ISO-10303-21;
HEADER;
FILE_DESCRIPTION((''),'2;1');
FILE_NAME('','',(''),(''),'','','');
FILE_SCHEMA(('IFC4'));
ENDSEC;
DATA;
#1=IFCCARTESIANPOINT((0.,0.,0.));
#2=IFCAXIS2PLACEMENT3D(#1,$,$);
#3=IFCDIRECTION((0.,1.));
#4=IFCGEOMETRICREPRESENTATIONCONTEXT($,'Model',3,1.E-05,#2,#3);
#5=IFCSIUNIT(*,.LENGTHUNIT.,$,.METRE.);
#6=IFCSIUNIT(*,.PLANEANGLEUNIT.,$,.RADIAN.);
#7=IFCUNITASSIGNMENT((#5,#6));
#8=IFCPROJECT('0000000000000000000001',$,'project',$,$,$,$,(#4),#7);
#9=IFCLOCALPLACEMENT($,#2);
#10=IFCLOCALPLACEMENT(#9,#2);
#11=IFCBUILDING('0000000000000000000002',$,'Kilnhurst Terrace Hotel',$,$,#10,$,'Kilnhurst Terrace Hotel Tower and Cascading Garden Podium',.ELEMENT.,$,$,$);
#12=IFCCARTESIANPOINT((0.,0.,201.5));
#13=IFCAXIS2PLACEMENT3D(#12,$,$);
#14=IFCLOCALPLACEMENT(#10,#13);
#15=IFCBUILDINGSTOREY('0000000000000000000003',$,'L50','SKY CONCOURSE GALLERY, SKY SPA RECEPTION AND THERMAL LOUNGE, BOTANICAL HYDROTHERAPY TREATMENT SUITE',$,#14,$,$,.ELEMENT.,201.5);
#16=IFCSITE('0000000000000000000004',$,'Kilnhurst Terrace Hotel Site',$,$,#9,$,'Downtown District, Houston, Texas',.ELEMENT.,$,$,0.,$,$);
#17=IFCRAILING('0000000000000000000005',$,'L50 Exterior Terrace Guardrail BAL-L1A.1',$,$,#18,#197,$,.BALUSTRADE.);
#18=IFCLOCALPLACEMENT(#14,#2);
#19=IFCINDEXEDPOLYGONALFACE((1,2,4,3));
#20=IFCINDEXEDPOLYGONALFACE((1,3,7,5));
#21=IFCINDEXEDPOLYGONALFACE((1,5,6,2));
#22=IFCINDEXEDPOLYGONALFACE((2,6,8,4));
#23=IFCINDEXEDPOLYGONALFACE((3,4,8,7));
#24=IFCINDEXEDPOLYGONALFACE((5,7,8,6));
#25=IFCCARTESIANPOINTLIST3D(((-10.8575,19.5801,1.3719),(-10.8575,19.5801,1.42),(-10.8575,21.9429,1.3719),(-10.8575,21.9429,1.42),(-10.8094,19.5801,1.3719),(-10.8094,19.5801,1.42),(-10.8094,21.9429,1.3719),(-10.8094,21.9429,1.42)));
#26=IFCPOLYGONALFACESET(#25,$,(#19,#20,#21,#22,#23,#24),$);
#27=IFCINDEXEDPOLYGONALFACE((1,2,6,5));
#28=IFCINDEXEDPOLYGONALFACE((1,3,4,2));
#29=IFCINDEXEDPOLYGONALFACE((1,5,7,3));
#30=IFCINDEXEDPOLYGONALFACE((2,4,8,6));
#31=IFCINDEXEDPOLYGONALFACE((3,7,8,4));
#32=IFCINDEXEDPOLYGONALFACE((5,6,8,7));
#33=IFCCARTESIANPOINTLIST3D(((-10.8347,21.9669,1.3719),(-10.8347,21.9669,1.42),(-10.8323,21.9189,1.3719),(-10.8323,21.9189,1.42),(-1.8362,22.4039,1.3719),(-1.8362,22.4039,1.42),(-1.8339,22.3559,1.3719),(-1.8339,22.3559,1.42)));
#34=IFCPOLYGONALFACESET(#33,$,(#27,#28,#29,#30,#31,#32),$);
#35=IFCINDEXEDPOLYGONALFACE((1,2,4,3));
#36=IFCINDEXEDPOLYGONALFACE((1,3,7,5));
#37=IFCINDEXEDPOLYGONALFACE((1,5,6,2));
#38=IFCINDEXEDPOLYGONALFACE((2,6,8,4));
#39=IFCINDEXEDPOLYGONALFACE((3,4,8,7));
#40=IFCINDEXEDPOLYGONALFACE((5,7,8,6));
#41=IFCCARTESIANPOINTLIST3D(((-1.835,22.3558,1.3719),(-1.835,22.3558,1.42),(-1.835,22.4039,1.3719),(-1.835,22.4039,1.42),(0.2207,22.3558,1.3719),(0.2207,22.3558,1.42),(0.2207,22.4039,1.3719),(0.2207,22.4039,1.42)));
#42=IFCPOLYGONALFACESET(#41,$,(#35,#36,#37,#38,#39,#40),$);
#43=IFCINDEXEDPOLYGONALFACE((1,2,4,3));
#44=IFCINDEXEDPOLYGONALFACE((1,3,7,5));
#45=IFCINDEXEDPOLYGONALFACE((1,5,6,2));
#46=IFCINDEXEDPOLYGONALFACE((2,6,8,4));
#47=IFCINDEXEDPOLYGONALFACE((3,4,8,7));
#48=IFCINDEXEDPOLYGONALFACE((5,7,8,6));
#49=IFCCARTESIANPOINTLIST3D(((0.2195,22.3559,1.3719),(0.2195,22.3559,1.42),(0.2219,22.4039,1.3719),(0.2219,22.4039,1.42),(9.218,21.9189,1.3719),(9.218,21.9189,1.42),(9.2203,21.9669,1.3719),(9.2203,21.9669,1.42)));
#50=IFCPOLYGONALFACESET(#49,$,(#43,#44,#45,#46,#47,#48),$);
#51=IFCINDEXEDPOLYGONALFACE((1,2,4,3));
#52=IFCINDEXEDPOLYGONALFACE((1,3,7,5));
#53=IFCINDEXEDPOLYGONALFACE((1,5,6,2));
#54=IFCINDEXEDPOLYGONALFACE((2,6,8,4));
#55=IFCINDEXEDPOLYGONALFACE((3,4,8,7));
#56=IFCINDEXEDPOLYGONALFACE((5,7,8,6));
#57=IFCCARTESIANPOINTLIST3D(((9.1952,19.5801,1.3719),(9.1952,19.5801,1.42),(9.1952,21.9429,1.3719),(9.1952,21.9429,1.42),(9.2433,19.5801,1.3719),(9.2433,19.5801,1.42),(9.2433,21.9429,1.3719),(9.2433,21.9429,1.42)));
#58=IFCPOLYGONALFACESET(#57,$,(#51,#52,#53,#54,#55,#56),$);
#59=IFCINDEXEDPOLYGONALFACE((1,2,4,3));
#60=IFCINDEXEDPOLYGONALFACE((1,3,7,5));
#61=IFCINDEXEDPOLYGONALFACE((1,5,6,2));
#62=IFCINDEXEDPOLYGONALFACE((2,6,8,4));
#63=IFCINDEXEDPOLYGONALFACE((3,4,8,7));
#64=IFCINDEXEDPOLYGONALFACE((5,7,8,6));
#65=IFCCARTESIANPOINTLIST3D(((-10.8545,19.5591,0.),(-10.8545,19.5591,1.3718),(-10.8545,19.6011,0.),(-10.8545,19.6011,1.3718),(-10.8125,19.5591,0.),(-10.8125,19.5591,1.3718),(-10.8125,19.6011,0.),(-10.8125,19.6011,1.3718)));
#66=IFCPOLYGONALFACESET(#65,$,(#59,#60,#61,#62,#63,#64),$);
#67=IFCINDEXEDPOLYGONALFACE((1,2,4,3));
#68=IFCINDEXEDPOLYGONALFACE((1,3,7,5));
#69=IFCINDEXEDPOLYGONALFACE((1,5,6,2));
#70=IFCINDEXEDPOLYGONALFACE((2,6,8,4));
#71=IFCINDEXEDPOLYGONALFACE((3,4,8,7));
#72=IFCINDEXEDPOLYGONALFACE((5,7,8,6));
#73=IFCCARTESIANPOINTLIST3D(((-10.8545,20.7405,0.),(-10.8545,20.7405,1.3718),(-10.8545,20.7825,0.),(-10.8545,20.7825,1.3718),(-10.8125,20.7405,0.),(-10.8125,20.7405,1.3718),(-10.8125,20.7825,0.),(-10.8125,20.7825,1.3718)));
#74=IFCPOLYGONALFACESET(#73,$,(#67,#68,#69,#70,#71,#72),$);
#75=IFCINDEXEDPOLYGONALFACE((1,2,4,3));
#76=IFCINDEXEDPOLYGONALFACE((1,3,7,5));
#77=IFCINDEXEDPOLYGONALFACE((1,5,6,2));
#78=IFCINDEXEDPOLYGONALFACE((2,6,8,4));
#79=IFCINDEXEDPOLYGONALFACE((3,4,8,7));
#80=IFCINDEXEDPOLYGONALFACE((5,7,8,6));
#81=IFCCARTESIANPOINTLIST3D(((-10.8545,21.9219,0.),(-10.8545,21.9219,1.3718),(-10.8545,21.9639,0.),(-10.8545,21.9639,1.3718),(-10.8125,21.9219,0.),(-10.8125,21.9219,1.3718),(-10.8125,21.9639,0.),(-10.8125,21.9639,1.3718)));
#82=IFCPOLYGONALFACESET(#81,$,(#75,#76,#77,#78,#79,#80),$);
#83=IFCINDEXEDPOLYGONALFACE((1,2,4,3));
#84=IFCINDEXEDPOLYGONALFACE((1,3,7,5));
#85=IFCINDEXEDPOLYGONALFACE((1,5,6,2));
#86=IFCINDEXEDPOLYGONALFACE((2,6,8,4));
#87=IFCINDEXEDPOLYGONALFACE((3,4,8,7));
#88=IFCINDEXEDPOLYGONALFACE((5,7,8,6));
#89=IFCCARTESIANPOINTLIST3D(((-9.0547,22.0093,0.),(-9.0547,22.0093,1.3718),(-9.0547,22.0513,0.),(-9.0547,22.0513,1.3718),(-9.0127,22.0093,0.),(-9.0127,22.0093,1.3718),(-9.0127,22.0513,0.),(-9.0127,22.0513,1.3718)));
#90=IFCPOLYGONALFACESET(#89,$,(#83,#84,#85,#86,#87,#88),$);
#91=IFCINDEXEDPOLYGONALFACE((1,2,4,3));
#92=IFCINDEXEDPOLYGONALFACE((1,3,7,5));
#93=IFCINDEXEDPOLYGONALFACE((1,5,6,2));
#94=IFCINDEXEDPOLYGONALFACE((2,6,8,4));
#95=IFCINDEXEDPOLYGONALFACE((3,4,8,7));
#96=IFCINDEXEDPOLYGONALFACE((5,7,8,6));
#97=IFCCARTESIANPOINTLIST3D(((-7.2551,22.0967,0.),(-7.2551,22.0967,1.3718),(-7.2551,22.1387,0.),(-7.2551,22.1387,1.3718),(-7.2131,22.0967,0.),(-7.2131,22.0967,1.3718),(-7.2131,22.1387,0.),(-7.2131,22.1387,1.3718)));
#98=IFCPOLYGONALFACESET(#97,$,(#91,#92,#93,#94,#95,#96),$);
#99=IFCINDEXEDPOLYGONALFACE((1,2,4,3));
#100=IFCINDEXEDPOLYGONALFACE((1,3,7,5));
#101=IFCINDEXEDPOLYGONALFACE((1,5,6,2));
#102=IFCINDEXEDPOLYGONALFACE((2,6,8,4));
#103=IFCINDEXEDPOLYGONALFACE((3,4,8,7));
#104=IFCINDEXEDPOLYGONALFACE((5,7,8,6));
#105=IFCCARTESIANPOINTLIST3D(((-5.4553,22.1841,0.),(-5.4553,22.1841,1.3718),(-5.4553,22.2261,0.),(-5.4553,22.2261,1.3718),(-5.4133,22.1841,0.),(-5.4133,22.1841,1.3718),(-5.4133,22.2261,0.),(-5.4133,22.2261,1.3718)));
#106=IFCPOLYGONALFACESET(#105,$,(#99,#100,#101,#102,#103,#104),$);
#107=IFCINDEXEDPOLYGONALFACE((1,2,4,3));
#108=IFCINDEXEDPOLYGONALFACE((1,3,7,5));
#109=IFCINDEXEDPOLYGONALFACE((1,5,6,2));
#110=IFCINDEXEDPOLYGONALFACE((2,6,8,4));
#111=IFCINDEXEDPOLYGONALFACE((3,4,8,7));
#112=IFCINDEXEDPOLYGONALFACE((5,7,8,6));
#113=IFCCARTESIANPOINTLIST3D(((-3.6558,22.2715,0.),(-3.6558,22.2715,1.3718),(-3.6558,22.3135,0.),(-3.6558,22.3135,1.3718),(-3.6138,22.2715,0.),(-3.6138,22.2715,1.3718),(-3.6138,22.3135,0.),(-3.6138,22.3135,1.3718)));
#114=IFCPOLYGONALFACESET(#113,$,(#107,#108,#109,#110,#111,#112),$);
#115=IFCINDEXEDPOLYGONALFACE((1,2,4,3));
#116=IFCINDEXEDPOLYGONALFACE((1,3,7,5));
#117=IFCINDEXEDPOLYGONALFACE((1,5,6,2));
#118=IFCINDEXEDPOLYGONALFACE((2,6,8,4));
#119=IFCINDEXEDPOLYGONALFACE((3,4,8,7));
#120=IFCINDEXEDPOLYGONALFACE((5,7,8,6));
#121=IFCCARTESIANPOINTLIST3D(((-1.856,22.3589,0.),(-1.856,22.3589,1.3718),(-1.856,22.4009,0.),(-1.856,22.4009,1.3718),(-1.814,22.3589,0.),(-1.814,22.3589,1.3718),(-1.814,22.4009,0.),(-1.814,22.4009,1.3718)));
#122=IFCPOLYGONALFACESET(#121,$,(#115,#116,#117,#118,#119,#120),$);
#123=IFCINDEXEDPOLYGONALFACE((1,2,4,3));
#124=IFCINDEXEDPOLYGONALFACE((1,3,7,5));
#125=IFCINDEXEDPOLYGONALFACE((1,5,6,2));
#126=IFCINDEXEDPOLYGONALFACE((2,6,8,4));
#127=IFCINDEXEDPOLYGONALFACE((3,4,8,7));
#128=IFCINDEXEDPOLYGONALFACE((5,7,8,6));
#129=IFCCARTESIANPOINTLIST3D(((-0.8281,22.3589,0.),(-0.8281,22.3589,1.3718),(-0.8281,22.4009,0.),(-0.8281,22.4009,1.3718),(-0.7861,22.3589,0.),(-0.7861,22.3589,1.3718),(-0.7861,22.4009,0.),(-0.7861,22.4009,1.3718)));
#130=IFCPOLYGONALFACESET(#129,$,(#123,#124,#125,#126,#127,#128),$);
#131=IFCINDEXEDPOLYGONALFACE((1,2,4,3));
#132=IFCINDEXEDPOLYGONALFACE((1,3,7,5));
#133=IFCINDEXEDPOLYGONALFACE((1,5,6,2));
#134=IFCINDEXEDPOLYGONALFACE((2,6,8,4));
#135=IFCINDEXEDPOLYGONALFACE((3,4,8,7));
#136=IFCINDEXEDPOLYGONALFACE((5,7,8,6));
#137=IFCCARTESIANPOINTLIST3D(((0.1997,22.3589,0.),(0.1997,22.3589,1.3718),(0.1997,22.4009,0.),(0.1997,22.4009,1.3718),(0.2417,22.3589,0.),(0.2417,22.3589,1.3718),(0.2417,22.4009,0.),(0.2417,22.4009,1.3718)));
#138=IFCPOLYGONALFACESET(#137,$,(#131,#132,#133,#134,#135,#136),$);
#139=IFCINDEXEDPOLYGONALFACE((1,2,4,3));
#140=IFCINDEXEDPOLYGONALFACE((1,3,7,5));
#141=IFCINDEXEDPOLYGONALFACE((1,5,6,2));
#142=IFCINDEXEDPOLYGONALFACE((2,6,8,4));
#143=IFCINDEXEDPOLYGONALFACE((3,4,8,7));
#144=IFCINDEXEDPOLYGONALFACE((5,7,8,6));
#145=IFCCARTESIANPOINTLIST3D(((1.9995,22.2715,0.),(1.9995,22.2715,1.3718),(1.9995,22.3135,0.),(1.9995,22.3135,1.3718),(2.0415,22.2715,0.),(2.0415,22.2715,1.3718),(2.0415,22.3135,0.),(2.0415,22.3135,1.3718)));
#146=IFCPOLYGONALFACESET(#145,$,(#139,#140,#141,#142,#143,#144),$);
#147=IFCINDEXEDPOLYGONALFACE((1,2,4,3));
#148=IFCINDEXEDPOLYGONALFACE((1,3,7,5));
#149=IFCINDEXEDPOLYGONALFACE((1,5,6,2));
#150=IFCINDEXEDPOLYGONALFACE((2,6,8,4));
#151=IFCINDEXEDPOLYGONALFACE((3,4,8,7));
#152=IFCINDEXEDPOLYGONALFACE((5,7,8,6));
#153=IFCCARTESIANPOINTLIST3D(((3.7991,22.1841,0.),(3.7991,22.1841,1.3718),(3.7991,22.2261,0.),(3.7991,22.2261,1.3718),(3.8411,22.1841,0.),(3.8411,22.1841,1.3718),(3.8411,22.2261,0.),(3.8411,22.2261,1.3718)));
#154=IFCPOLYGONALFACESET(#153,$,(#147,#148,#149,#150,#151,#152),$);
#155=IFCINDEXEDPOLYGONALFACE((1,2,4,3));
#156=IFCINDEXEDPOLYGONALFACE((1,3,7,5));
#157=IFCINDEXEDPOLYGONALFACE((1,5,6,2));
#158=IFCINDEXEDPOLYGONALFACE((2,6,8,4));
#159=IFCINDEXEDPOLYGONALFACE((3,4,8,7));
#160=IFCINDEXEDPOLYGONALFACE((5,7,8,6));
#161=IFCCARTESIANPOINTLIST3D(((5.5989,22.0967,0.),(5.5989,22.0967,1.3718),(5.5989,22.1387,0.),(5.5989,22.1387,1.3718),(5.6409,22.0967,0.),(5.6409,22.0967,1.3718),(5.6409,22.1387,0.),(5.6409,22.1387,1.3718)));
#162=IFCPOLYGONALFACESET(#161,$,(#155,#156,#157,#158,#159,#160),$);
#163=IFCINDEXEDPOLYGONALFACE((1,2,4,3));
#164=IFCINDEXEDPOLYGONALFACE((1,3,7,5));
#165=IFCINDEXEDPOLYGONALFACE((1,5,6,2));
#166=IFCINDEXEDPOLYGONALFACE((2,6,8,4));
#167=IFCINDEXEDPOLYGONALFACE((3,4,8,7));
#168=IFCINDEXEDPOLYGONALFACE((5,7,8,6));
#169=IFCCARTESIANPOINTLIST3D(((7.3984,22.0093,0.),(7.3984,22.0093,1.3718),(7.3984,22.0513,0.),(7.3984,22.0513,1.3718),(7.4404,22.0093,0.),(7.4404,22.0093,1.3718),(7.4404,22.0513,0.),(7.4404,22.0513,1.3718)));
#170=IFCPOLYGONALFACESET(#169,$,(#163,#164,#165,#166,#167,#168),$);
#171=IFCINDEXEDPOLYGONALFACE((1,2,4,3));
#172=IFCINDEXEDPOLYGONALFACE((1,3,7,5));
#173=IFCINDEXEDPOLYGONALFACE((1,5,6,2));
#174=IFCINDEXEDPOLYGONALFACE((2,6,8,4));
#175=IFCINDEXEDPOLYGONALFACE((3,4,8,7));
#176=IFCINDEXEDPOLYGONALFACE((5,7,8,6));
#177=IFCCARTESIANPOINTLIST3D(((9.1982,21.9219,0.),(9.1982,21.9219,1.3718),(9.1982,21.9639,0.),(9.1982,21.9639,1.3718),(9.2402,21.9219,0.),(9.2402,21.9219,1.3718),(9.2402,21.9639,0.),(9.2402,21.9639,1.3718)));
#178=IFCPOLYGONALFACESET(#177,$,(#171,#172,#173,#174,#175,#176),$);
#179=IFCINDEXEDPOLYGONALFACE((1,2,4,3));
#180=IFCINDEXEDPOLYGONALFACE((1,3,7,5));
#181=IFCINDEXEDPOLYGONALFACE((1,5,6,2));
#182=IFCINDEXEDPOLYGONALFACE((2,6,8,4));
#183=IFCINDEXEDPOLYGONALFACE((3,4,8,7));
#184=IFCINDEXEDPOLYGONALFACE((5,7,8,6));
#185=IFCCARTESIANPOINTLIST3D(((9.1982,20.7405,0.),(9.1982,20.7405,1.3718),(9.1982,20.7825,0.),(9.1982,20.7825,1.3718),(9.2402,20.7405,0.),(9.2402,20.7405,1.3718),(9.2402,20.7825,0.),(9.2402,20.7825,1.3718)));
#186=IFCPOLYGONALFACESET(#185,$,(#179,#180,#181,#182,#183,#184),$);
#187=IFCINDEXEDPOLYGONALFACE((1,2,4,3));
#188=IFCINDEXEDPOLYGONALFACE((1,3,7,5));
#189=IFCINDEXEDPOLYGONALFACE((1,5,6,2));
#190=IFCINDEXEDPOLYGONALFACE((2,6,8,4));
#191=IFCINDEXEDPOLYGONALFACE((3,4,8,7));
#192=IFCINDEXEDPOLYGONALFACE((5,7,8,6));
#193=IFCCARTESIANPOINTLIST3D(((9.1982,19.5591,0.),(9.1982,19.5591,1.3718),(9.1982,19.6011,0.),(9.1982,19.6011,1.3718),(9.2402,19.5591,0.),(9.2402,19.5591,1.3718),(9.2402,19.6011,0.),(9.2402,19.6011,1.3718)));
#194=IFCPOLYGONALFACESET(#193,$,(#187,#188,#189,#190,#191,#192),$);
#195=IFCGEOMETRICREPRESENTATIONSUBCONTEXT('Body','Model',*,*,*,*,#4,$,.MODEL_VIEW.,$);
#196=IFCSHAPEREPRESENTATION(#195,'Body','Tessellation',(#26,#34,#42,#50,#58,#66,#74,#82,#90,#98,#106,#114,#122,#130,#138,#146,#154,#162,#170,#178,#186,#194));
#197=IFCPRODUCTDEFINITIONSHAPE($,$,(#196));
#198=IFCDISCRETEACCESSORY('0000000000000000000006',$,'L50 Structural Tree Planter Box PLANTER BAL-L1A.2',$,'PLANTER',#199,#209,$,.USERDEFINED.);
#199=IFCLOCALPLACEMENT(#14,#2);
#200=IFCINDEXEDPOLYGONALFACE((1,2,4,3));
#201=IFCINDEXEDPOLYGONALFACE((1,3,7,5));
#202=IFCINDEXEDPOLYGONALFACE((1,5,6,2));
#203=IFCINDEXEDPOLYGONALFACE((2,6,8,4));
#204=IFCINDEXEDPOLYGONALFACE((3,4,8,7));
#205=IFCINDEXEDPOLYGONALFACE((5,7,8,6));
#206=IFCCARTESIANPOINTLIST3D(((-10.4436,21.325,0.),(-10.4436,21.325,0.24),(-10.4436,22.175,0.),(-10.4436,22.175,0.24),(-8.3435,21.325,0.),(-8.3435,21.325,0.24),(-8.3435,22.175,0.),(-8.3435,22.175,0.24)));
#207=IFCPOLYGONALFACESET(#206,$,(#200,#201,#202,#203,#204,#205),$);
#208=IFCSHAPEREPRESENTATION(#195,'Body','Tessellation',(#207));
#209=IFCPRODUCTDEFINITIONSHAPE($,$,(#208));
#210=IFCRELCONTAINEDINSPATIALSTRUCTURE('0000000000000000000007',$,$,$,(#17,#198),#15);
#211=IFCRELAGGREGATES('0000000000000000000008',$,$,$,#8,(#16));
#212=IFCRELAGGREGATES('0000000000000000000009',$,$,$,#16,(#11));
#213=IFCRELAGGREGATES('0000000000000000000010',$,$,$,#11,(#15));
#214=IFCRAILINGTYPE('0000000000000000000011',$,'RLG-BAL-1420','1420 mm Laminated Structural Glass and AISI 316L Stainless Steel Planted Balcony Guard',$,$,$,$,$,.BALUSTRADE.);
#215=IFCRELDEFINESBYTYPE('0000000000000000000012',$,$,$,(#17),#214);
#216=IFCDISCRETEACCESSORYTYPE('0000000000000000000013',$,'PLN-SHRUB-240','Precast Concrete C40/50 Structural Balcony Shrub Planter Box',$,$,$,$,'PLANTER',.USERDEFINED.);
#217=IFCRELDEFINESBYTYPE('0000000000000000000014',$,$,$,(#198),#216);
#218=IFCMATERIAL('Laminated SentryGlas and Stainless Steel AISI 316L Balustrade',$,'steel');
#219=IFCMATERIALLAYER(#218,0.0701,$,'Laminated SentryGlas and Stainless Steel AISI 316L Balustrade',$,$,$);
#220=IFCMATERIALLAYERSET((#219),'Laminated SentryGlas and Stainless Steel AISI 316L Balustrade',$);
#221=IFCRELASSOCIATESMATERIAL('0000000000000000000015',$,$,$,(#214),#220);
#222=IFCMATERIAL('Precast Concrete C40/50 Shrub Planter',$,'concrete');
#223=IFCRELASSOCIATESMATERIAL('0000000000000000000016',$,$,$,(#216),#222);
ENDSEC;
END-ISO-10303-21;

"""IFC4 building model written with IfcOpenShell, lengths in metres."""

from ifc_helpers import new_model, si_unit, direction, frame, origin, origin_2d, place, context, subcontext, project, spatial, rectangle, extrude, material, layer, layer_set, type_object, element, save


model = new_model("IFC4")

# Units and contexts
model_context = context("Model", 3, precision=1e-05, world=origin(), true_north=direction((0.0, 1.0)))
body_context = subcontext(model_context, "Body", "Model", "MODEL_VIEW")
ifc_project = project(units=[si_unit("LENGTHUNIT", "METRE"), si_unit("PLANEANGLEUNIT", "RADIAN")], contexts=[model_context])

# Site, building, storey
site_placement = place(None, origin())
site = spatial("IfcSite", under=ifc_project, at=site_placement, Name="Kilnhurst Terrace Hotel Site", LongName="Downtown District, Houston, Texas", CompositionType="ELEMENT", RefElevation=0.0)
building_placement = place(site_placement, origin())
building = spatial("IfcBuilding", under=site, at=building_placement, Name="Kilnhurst Terrace Hotel", LongName="Kilnhurst Terrace Hotel Tower and Cascading Garden Podium", CompositionType="ELEMENT")
storey_placement = place(building_placement, frame((0.0, 0.0, 201.5)))
storey = spatial("IfcBuildingStorey", under=building, at=storey_placement, Name="L50", Description="SKY CONCOURSE GALLERY, SKY SPA RECEPTION AND THERMAL LOUNGE, BOTANICAL HYDROTHERAPY TREATMENT SUITE", CompositionType="ELEMENT", Elevation=201.5)

# Railing
ifc_material_1 = material(Name="Laminated SentryGlas and Stainless Steel AISI 316L Balustrade", Category="steel")
ifc_layer_1 = layer(ifc_material_1, 0.0701, Name="Laminated SentryGlas and Stainless Steel AISI 316L Balustrade")
ifc_layer_set_1 = layer_set([ifc_layer_1], Name="Laminated SentryGlas and Stainless Steel AISI 316L Balustrade")
railing_type = type_object("IfcRailingType", Name="RLG-BAL-1420", Description="1420 mm Laminated Structural Glass and AISI 316L Stainless Steel Planted Balcony Guard", PredefinedType="BALUSTRADE", material=ifc_layer_set_1)
railing_placement = place(storey_placement, frame((-10.8335, 19.5801, 0.0)))
element("IfcRailing", 1, at=railing_placement, inside=storey, type_object=railing_type, Name="L50 Exterior Terrace Guardrail BAL-L1A.1", PredefinedType="BALUSTRADE", context=body_context, shape_type="SweptSolid", body=[
    extrude(rectangle(XDim=0.0481, YDim=0.0481, at=origin_2d()), frame((0.0, 0.0, 1.396), z_axis=(0.0, 1.0, 0.0), x_axis=(-1.0, 0.0, 0.0)), (0.0, 0.0, 1.0), 2.3628),
    extrude(rectangle(XDim=0.0481, YDim=0.0481, at=origin_2d()), frame((0.0, 2.3628, 1.396), z_axis=(0.998823, 0.048508, 0.0), x_axis=(-0.048508, 0.998823, 0.0)), (0.0, 0.0, 1.0), 9.009),
    extrude(rectangle(XDim=0.0481, YDim=0.0481, at=origin_2d()), frame((8.9985, 2.7998, 1.396), z_axis=(1.0, 0.0, 0.0), x_axis=(0.0, 1.0, 0.0)), (0.0, 0.0, 1.0), 2.0557),
    extrude(rectangle(XDim=0.0481, YDim=0.0481, at=origin_2d()), frame((11.0542, 2.7998, 1.396), z_axis=(0.998823, -0.048508, 0.0), x_axis=(0.048508, 0.998823, 0.0)), (0.0, 0.0, 1.0), 9.009),
    extrude(rectangle(XDim=0.0481, YDim=0.0481, at=origin_2d()), frame((20.0527, 2.3628, 1.396), z_axis=(0.0, -1.0, 0.0), x_axis=(1.0, 0.0, 0.0)), (0.0, 0.0, 1.0), 2.3628),
    extrude(rectangle(XDim=0.042, YDim=0.042, at=origin_2d()), origin(), (0.0, 0.0, 1.0), 1.3718),
    extrude(rectangle(XDim=0.042, YDim=0.042, at=origin_2d()), frame((0.0, 1.1814, 0.0)), (0.0, 0.0, 1.0), 1.3718),
    extrude(rectangle(XDim=0.042, YDim=0.042, at=origin_2d()), frame((0.0, 2.3628, 0.0)), (0.0, 0.0, 1.0), 1.3718),
    extrude(rectangle(XDim=0.042, YDim=0.042, at=origin_2d()), frame((1.7998, 2.4502, 0.0)), (0.0, 0.0, 1.0), 1.3718),
    extrude(rectangle(XDim=0.042, YDim=0.042, at=origin_2d()), frame((3.5994, 2.5376, 0.0)), (0.0, 0.0, 1.0), 1.3718),
    extrude(rectangle(XDim=0.042, YDim=0.042, at=origin_2d()), frame((5.3992, 2.625, 0.0)), (0.0, 0.0, 1.0), 1.3718),
    extrude(rectangle(XDim=0.042, YDim=0.042, at=origin_2d()), frame((7.1987, 2.7124, 0.0)), (0.0, 0.0, 1.0), 1.3718),
    extrude(rectangle(XDim=0.042, YDim=0.042, at=origin_2d()), frame((8.9985, 2.7998, 0.0)), (0.0, 0.0, 1.0), 1.3718),
    extrude(rectangle(XDim=0.042, YDim=0.042, at=origin_2d()), frame((10.0264, 2.7998, 0.0)), (0.0, 0.0, 1.0), 1.3718),
    extrude(rectangle(XDim=0.042, YDim=0.042, at=origin_2d()), frame((11.0542, 2.7998, 0.0)), (0.0, 0.0, 1.0), 1.3718),
    extrude(rectangle(XDim=0.042, YDim=0.042, at=origin_2d()), frame((12.854, 2.7124, 0.0)), (0.0, 0.0, 1.0), 1.3718),
    extrude(rectangle(XDim=0.042, YDim=0.042, at=origin_2d()), frame((14.6536, 2.625, 0.0)), (0.0, 0.0, 1.0), 1.3718),
    extrude(rectangle(XDim=0.042, YDim=0.042, at=origin_2d()), frame((16.4534, 2.5376, 0.0)), (0.0, 0.0, 1.0), 1.3718),
    extrude(rectangle(XDim=0.042, YDim=0.042, at=origin_2d()), frame((18.2529, 2.4502, 0.0)), (0.0, 0.0, 1.0), 1.3718),
    extrude(rectangle(XDim=0.042, YDim=0.042, at=origin_2d()), frame((20.0527, 2.3628, 0.0)), (0.0, 0.0, 1.0), 1.3718),
    extrude(rectangle(XDim=0.042, YDim=0.042, at=origin_2d()), frame((20.0527, 1.1814, 0.0)), (0.0, 0.0, 1.0), 1.3718),
    extrude(rectangle(XDim=0.042, YDim=0.042, at=origin_2d()), frame((20.0527, 0.0, 0.0)), (0.0, 0.0, 1.0), 1.3718),
])

# Discrete accessory
ifc_material_2 = material(Name="Precast Concrete C40/50 Shrub Planter", Category="concrete")
discrete_accessory_type = type_object("IfcDiscreteAccessoryType", Name="PLN-SHRUB-240", Description="Precast Concrete C40/50 Structural Balcony Shrub Planter Box", ElementType="PLANTER", PredefinedType="USERDEFINED", material=ifc_material_2)
discrete_accessory_placement = place(storey_placement, frame((-9.3936, 21.75, 0.0), z_axis=(0.0, 0.0, 1.0), x_axis=(-1.0, 0.0, 0.0)))
element("IfcDiscreteAccessory", 2, at=discrete_accessory_placement, inside=storey, type_object=discrete_accessory_type, Name="L50 Structural Tree Planter Box PLANTER BAL-L1A.2", ObjectType="PLANTER", PredefinedType="USERDEFINED", context=body_context, shape_type="SweptSolid", body=[
    extrude(rectangle(XDim=2.1001, YDim=0.8501, at=origin_2d()), origin(), (0.0, 0.0, 1.0), 0.24),
])

save(model, "model.ifc")
